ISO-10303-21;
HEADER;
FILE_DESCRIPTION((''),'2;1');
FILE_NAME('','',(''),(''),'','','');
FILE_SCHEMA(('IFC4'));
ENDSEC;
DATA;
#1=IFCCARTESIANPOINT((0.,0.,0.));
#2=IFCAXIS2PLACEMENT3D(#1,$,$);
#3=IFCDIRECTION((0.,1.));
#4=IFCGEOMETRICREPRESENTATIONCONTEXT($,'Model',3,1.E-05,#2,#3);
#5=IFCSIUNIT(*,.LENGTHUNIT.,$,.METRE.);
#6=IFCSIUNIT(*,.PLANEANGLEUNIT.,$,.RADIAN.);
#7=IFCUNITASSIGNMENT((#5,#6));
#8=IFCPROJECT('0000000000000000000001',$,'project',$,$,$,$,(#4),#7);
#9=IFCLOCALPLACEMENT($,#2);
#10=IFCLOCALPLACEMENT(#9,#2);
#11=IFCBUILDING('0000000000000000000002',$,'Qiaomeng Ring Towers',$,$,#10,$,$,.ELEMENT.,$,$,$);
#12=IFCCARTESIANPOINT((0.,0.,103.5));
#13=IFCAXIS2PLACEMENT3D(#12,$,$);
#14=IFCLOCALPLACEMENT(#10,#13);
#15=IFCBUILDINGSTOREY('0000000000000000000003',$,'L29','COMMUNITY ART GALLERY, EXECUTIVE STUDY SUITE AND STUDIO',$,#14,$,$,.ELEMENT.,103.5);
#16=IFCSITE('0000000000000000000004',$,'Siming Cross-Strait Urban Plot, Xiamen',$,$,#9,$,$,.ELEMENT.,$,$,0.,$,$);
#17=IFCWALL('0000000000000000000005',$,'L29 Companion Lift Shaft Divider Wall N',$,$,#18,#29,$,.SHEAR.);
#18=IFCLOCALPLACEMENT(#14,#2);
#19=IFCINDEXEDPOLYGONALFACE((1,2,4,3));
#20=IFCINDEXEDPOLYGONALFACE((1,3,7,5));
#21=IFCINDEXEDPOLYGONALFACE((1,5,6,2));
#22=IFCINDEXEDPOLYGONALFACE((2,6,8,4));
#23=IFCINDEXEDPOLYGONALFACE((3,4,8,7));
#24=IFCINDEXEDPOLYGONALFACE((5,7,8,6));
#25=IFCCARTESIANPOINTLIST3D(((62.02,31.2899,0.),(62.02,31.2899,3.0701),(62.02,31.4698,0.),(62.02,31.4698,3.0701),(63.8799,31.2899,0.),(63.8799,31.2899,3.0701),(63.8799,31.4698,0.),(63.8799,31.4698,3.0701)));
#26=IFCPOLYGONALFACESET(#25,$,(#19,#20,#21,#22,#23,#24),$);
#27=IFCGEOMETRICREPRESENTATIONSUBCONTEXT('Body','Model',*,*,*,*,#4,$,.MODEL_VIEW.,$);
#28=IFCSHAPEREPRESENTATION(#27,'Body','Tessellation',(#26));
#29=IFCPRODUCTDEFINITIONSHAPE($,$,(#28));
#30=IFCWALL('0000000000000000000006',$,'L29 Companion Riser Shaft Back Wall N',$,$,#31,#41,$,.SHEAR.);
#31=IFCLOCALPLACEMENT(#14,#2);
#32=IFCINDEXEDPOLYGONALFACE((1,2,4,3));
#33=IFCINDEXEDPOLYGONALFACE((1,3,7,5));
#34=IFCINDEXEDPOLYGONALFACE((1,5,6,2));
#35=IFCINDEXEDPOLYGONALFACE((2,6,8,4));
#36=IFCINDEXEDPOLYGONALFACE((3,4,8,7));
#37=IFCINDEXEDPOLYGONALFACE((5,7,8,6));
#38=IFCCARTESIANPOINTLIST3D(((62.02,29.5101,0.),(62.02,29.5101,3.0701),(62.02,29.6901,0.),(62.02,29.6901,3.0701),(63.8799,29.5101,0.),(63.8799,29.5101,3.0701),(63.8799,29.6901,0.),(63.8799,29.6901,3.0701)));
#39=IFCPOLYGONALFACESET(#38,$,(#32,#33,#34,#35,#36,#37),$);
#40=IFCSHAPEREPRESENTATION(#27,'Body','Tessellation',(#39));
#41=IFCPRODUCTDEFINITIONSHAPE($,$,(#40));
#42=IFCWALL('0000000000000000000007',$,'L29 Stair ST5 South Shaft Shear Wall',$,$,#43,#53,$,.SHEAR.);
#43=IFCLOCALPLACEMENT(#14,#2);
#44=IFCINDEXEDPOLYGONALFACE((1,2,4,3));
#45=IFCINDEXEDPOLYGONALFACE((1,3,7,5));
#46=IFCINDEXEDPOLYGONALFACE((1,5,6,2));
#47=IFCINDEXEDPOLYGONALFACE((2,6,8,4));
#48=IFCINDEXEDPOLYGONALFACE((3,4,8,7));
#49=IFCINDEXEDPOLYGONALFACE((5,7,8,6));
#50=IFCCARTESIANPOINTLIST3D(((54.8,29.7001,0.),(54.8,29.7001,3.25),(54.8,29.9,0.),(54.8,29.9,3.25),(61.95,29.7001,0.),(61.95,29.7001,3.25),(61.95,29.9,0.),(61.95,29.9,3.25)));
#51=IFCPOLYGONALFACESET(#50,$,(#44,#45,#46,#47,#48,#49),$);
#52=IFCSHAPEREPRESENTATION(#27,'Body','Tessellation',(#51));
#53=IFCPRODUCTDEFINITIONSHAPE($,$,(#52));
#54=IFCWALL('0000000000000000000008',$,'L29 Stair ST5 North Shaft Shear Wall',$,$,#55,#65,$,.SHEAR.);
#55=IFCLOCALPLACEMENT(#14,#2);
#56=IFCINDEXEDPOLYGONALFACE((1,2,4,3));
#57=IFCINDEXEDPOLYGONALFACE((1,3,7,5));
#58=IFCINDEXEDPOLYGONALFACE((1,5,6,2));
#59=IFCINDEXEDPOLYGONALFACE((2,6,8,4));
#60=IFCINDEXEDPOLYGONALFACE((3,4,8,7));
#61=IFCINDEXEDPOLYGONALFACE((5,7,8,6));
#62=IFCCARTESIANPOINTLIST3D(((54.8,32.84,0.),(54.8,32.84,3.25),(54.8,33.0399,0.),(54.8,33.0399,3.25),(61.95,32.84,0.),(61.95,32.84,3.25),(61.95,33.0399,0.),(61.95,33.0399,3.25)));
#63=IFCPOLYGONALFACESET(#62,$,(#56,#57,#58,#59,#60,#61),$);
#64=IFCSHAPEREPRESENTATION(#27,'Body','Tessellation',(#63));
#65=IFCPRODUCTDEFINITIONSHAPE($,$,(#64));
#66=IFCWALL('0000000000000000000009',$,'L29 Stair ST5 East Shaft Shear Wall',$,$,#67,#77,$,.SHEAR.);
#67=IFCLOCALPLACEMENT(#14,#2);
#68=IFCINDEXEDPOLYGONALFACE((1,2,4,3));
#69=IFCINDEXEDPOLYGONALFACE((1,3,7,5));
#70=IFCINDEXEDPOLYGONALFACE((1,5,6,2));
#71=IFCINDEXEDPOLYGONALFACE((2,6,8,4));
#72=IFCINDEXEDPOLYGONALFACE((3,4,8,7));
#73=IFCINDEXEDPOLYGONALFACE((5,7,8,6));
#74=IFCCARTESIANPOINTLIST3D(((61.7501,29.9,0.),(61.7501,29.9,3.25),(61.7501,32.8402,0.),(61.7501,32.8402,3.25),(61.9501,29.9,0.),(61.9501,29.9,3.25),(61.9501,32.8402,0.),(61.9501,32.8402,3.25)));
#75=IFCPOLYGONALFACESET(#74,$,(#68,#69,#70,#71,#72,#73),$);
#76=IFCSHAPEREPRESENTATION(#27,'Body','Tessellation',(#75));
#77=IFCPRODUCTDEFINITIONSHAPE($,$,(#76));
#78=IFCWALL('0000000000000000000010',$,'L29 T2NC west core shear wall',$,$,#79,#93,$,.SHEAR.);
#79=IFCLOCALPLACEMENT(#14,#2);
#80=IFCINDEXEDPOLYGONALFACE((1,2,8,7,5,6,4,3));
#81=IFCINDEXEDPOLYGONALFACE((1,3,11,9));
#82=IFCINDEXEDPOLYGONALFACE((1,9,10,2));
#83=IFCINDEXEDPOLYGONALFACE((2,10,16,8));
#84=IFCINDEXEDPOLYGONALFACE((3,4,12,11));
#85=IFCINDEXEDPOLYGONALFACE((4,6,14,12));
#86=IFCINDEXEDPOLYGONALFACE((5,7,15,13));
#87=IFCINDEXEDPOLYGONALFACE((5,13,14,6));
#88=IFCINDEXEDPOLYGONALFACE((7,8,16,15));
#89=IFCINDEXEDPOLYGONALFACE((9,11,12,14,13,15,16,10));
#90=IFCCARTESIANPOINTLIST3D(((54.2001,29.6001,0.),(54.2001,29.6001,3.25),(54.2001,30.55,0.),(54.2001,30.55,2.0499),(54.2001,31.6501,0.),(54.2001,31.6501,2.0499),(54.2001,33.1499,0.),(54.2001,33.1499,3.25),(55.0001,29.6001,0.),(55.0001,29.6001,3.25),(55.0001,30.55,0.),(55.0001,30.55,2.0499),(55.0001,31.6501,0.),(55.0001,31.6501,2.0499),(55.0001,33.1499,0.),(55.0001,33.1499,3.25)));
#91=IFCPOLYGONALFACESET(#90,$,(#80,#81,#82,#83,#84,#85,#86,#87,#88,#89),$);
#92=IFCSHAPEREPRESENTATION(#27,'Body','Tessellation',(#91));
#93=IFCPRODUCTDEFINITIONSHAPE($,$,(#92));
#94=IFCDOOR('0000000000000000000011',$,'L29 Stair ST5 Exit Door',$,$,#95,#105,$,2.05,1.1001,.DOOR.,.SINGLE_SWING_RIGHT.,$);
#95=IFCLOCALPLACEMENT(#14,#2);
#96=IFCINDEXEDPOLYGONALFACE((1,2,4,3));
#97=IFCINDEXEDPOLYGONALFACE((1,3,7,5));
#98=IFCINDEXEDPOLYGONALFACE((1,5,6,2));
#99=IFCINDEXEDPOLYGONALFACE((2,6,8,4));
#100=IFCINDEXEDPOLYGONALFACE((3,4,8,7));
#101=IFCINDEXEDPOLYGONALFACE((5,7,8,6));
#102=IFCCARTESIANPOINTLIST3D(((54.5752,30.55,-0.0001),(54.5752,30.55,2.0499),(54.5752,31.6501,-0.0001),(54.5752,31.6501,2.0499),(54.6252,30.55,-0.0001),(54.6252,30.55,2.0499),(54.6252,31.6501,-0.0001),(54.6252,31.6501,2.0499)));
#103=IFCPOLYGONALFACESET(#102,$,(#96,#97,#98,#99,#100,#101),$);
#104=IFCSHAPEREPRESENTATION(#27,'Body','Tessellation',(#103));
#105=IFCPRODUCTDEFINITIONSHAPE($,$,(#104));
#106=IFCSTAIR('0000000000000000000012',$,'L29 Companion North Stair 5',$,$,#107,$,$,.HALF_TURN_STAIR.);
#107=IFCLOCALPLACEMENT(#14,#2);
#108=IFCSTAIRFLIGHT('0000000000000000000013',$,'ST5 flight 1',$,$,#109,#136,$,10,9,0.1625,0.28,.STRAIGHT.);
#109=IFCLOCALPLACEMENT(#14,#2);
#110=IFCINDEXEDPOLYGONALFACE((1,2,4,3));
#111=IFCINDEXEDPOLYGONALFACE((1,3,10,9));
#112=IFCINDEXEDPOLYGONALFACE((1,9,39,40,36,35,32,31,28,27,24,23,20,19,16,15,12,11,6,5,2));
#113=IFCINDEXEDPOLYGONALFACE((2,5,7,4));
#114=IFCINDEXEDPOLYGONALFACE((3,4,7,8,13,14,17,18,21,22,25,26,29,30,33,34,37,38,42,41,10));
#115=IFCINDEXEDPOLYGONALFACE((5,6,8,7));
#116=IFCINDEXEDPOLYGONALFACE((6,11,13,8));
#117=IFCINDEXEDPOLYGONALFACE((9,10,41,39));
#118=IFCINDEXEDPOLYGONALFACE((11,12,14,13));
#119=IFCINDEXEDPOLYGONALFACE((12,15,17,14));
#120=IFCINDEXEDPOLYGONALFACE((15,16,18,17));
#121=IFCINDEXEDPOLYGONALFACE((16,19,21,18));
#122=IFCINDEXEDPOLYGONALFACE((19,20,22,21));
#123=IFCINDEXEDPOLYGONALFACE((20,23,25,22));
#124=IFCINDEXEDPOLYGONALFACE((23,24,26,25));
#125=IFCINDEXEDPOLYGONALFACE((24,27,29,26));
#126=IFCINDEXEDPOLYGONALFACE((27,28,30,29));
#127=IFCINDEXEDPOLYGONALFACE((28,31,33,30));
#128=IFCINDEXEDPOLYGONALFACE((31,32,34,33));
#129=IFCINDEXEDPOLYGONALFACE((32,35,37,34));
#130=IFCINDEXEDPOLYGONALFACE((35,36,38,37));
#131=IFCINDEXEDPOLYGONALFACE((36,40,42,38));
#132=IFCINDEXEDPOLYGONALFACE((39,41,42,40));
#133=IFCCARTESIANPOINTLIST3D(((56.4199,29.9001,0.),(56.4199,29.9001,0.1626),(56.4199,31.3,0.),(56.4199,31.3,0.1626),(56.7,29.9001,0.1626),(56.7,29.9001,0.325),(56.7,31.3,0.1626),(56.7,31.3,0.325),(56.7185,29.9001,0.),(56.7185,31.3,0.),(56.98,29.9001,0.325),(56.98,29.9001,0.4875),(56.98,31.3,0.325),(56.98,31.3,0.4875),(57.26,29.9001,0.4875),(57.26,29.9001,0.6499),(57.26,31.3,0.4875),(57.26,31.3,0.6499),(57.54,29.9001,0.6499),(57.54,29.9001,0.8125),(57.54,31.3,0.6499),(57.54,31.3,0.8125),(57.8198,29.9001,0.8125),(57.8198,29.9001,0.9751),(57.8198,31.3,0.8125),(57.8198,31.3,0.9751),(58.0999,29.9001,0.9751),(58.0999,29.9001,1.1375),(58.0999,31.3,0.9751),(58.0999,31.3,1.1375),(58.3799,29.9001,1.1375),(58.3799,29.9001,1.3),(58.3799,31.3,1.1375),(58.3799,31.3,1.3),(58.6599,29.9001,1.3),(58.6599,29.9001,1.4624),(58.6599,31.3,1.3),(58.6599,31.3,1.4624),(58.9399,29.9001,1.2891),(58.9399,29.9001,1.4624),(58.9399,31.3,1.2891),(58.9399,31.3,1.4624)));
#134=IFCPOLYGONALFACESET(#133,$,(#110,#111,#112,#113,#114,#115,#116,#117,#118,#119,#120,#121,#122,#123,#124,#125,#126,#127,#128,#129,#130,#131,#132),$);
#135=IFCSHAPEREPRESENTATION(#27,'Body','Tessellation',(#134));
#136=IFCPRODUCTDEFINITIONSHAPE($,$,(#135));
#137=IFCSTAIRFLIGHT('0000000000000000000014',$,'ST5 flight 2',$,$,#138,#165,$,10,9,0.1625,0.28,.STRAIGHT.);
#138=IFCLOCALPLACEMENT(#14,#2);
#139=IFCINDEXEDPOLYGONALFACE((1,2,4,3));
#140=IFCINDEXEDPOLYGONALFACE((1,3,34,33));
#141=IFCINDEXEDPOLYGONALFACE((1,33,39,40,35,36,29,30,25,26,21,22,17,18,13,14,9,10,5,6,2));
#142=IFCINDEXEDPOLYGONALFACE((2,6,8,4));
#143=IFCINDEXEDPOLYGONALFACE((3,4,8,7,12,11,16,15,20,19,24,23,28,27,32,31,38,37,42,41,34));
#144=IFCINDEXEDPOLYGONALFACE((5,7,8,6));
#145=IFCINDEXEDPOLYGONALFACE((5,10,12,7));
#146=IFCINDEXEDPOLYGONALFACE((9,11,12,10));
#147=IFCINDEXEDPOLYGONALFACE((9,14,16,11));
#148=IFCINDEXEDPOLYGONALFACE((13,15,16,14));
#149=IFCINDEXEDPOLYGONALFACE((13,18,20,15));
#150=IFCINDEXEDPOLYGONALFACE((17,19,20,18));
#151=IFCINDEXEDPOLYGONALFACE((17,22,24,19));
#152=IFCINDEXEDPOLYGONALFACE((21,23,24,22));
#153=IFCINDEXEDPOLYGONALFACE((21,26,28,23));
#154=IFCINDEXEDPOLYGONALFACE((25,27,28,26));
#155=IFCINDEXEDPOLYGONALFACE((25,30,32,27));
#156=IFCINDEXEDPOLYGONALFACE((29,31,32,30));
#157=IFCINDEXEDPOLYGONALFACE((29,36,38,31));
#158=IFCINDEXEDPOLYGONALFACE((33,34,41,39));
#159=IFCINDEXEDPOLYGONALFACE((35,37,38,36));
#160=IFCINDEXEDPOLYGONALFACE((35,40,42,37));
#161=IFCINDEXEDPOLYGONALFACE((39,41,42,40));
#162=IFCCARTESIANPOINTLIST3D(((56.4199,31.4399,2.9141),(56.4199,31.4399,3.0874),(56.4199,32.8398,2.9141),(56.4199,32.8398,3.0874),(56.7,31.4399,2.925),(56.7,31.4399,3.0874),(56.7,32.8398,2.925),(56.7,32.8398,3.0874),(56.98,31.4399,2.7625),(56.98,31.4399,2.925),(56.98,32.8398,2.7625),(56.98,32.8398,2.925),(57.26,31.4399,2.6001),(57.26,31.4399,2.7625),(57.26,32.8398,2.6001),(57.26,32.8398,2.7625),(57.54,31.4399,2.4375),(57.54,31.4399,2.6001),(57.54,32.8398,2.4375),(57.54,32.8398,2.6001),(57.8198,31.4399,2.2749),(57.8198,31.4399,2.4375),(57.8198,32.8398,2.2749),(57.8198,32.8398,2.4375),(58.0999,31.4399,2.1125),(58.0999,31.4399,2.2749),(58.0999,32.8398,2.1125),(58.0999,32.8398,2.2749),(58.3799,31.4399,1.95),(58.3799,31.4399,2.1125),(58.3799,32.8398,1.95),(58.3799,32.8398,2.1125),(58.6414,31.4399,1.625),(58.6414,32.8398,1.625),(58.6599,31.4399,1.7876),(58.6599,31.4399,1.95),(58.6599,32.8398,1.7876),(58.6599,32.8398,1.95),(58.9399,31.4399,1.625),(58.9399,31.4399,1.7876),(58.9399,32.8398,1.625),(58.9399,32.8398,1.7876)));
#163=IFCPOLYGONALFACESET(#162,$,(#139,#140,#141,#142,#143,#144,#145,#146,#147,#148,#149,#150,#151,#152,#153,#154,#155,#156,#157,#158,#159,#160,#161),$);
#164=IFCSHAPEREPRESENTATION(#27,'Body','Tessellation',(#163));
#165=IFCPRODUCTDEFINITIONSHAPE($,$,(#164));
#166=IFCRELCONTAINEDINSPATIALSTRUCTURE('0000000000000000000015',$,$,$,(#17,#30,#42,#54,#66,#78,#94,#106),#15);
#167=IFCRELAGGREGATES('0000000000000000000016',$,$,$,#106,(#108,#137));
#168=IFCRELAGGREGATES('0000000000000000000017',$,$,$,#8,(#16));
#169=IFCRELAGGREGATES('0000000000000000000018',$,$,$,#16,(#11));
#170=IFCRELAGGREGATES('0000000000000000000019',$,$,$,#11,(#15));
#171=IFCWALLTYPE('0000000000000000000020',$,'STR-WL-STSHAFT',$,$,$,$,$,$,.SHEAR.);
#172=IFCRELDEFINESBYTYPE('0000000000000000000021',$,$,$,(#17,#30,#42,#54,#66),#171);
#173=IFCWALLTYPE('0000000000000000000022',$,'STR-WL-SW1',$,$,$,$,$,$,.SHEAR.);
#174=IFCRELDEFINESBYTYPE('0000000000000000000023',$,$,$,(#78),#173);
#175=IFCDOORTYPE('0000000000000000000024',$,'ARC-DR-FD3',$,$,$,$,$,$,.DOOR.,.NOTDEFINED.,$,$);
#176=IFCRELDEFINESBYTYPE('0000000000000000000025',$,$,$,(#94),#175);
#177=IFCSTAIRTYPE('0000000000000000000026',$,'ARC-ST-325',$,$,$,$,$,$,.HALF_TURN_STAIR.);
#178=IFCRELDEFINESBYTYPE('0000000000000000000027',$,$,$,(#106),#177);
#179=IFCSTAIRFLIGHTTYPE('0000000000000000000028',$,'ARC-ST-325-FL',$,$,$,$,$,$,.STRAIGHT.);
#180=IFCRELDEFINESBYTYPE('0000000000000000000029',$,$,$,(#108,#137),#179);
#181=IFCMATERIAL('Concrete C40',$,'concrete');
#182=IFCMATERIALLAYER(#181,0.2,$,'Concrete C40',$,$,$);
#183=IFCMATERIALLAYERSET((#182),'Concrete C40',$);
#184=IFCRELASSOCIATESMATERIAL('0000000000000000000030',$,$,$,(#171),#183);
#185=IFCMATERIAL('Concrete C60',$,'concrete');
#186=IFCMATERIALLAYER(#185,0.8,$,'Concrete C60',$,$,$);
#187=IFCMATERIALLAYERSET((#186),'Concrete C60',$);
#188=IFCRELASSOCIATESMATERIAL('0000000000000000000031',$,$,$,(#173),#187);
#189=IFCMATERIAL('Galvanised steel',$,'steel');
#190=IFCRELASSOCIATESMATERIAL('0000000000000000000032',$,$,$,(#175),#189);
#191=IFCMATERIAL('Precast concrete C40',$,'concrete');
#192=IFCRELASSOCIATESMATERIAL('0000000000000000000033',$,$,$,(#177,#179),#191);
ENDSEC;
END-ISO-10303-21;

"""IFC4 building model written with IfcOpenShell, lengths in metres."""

from ifc_helpers import new_model, si_unit, direction, frame, frame_2d, origin, place, context, subcontext, project, spatial, polyline, rectangle, outline, extrude, source, transform, mapped, material, layer, layer_set, type_object, element, fill, aggregate, save


model = new_model("IFC4")

# Units and contexts
model_context = context("Model", 3, precision=1e-05, world=origin(), true_north=direction((0.0, 1.0)))
body_context = subcontext(model_context, "Body", "Model", "MODEL_VIEW")
ifc_project = project(units=[si_unit("LENGTHUNIT", "METRE"), si_unit("PLANEANGLEUNIT", "RADIAN")], contexts=[model_context])

# Site, building, storey
site_placement = place(None, origin())
site = spatial("IfcSite", under=ifc_project, at=site_placement, Name="Siming Cross-Strait Urban Plot, Xiamen", CompositionType="ELEMENT", RefElevation=0.0)
building_placement = place(site_placement, origin())
building = spatial("IfcBuilding", under=site, at=building_placement, Name="Qiaomeng Ring Towers", CompositionType="ELEMENT")
storey_placement = place(building_placement, frame((0.0, 0.0, 103.5)))
storey = spatial("IfcBuildingStorey", under=building, at=storey_placement, Name="L29", Description="COMMUNITY ART GALLERY, EXECUTIVE STUDY SUITE AND STUDIO", CompositionType="ELEMENT", Elevation=103.5)

# Walls
ifc_material_1 = material(Name="Concrete C40", Category="concrete")
ifc_layer_1 = layer(ifc_material_1, 0.2, Name="Concrete C40")
ifc_layer_set_1 = layer_set([ifc_layer_1], Name="Concrete C40")
wall_type_1 = type_object("IfcWallType", Name="STR-WL-STSHAFT", PredefinedType="SHEAR", material=ifc_layer_set_1)
for number, where, z_axis, x_axis, name in (
    (1, (62.02, 31.3799, 0.0), (0.0, 0.0, 1.0), (1.0, 0.0, 0.0), "L29 Companion Lift Shaft Divider Wall N"),
    (2, (62.02, 29.6001, 0.0), (0.0, 0.0, 1.0), (1.0, 0.0, 0.0), "L29 Companion Riser Shaft Back Wall N"),
):
    element("IfcWall", number, at=place(storey_placement, frame(where, z_axis=z_axis, x_axis=x_axis)), inside=storey, type_object=wall_type_1, Name=name, PredefinedType="SHEAR", context=body_context, shape_type="SweptSolid", body=[
        extrude(rectangle(XDim=1.8599, YDim=0.1799, at=frame_2d((0.9299, 0.0))), origin(), (0.0, 0.0, 1.0), 3.0701),
    ])
for number, where, z_axis, x_axis, name in (
    (3, (54.8, 29.8, 0.0), (0.0, 0.0, 1.0), (1.0, 0.0, 0.0), "L29 Stair ST5 South Shaft Shear Wall"),
    (4, (54.8, 32.9399, 0.0), (0.0, 0.0, 1.0), (1.0, 0.0, 0.0), "L29 Stair ST5 North Shaft Shear Wall"),
):
    element("IfcWall", number, at=place(storey_placement, frame(where, z_axis=z_axis, x_axis=x_axis)), inside=storey, type_object=wall_type_1, Name=name, PredefinedType="SHEAR", context=body_context, shape_type="SweptSolid", body=[
        extrude(rectangle(XDim=7.1499, YDim=0.2, at=frame_2d((3.575, 0.0))), origin(), (0.0, 0.0, 1.0), 3.25),
    ])
wall_1_placement = place(storey_placement, frame((61.8501, 29.8999, 0.0), z_axis=(0.0, 0.0, 1.0), x_axis=(0.0, 1.0, 0.0)))
element("IfcWall", 5, at=wall_1_placement, inside=storey, type_object=wall_type_1, Name="L29 Stair ST5 East Shaft Shear Wall", PredefinedType="SHEAR", context=body_context, shape_type="SweptSolid", body=[
    extrude(rectangle(XDim=2.9402, YDim=0.2, at=frame_2d((1.4702, 0.0))), origin(), (0.0, 0.0, 1.0), 3.25),
])

# Wall, opening, door
ifc_material_2 = material(Name="Concrete C60", Category="concrete")
ifc_layer_2 = layer(ifc_material_2, 0.8, Name="Concrete C60")
ifc_layer_set_2 = layer_set([ifc_layer_2], Name="Concrete C60")
wall_type_2 = type_object("IfcWallType", Name="STR-WL-SW1", PredefinedType="SHEAR", material=ifc_layer_set_2)
wall_2_placement = place(storey_placement, frame((54.6001, 29.6001, 0.0), z_axis=(0.0, 0.0, 1.0), x_axis=(0.0, 1.0, 0.0)))
wall_2 = element("IfcWall", 6, at=wall_2_placement, inside=storey, type_object=wall_type_2, Name="L29 T2NC west core shear wall", PredefinedType="SHEAR", context=body_context, shape_type="SweptSolid", body=[
    extrude(rectangle(XDim=3.5498, YDim=0.8, at=frame_2d((1.7749, 0.0))), origin(), (0.0, 0.0, 1.0), 3.25),
])
opening_placement = place(wall_2_placement, frame((0.95, 0.0, 0.0)))
opening = element("IfcOpeningElement", 7, at=opening_placement, cuts=wall_2, PredefinedType="OPENING", context=body_context, shape_type="SweptSolid", body=[
    extrude(rectangle(XDim=1.1001, YDim=2.05, at=frame_2d((0.55, 1.0249))), frame((0.0, 0.4099, 0.0), z_axis=(0.0, -1.0, 0.0), x_axis=(1.0, 0.0, 0.0)), (0.0, 0.0, 1.0), 0.8201),
])
ifc_material_3 = material(Name="Galvanised steel", Category="steel")
door_type = type_object("IfcDoorType", Name="ARC-DR-FD3", OperationType="NOTDEFINED", PredefinedType="DOOR", material=ifc_material_3)
shared_shape_1 = source(origin(), body_context, "Body", "SweptSolid", [
    extrude(rectangle(XDim=1.1001, YDim=2.05, at=frame_2d((0.55, 1.0249))), frame((0.0, 0.0249, 0.0), z_axis=(0.0, -1.0, 0.0), x_axis=(1.0, 0.0, 0.0)), (0.0, 0.0, 1.0), 0.05),
])
door_placement = place(opening_placement, origin())
door = element("IfcDoor", 8, at=door_placement, inside=storey, type_object=door_type, Name="L29 Stair ST5 Exit Door", OperationType="SINGLE_SWING_RIGHT", OverallHeight=2.05, OverallWidth=1.1001, PredefinedType="DOOR", context=body_context, shape_type="MappedRepresentation", body=[
    mapped(shared_shape_1, transform((0.0, 0.0, 0.0), x_axis=(1.0, 0.0, 0.0), y_axis=(0.0, 1.0, 0.0), z_axis=(0.0, 0.0, 1.0), scale=1.0)),
])
fill(opening, door)

# Stair, stair flights
ifc_material_4 = material(Name="Precast concrete C40", Category="concrete")
stair_type = type_object("IfcStairType", Name="ARC-ST-325", PredefinedType="HALF_TURN_STAIR", material=ifc_material_4)
stair_placement = place(storey_placement, origin())
stair = element("IfcStair", 9, at=stair_placement, inside=storey, type_object=stair_type, Name="L29 Companion North Stair 5", PredefinedType="HALF_TURN_STAIR")
stair_flight_type = type_object("IfcStairFlightType", Name="ARC-ST-325-FL", PredefinedType="STRAIGHT", material=ifc_material_4)
shared_shape_2 = source(origin(), body_context, "Body", "SweptSolid", [
    extrude(outline(polyline([(0.0, 0.0), (0.0, 0.1626), (0.28, 0.1626), (0.28, 0.325), (0.5601, 0.325), (0.5601, 0.4875), (0.8401, 0.4875), (0.8401, 0.6499), (1.1201, 0.6499), (1.1201, 0.8125), (1.3999, 0.8125), (1.3999, 0.9751), (1.6799, 0.9751), (1.6799, 1.1375), (1.96, 1.1375), (1.96, 1.3), (2.24, 1.3), (2.24, 1.4624), (2.52, 1.4624), (2.52, 1.625), (2.52, 1.2891), (0.2986, 0.0), (0.0, 0.0)])), frame((0.0, 0.7, 0.0), z_axis=(0.0, -1.0, 0.0), x_axis=(1.0, 0.0, 0.0)), (0.0, 0.0, 1.0), 1.3999),
])
stair_flight_1_placement = place(storey_placement, frame((56.4199, 30.6001, 0.0), z_axis=(0.0, 0.0, 1.0), x_axis=(1.0, 0.0, 0.0)))
stair_flight_1 = element("IfcStairFlight", 10, at=stair_flight_1_placement, type_object=stair_flight_type, Name="ST5 flight 1", NumberOfRisers=10, NumberOfTreads=9, PredefinedType="STRAIGHT", RiserHeight=0.1625, TreadLength=0.28, context=body_context, shape_type="MappedRepresentation", body=[
    mapped(shared_shape_2, transform((0.0, 0.0, 0.0), x_axis=(1.0, 0.0, 0.0), y_axis=(0.0, 1.0, 0.0), z_axis=(0.0, 0.0, 1.0), scale=1.0)),
])
stair_flight_2_placement = place(storey_placement, frame((58.9399, 32.1399, 1.625), z_axis=(0.0, 0.0, 1.0), x_axis=(-1.0, 0.0, 0.0)))
stair_flight_2 = element("IfcStairFlight", 11, at=stair_flight_2_placement, type_object=stair_flight_type, Name="ST5 flight 2", NumberOfRisers=10, NumberOfTreads=9, PredefinedType="STRAIGHT", RiserHeight=0.1625, TreadLength=0.28, context=body_context, shape_type="MappedRepresentation", body=[
    mapped(shared_shape_2, transform((0.0, 0.0, 0.0), x_axis=(1.0, 0.0, 0.0), y_axis=(0.0, 1.0, 0.0), z_axis=(0.0, 0.0, 1.0), scale=1.0)),
])
aggregate(stair, [stair_flight_1, stair_flight_2])

save(model, "model.ifc")
